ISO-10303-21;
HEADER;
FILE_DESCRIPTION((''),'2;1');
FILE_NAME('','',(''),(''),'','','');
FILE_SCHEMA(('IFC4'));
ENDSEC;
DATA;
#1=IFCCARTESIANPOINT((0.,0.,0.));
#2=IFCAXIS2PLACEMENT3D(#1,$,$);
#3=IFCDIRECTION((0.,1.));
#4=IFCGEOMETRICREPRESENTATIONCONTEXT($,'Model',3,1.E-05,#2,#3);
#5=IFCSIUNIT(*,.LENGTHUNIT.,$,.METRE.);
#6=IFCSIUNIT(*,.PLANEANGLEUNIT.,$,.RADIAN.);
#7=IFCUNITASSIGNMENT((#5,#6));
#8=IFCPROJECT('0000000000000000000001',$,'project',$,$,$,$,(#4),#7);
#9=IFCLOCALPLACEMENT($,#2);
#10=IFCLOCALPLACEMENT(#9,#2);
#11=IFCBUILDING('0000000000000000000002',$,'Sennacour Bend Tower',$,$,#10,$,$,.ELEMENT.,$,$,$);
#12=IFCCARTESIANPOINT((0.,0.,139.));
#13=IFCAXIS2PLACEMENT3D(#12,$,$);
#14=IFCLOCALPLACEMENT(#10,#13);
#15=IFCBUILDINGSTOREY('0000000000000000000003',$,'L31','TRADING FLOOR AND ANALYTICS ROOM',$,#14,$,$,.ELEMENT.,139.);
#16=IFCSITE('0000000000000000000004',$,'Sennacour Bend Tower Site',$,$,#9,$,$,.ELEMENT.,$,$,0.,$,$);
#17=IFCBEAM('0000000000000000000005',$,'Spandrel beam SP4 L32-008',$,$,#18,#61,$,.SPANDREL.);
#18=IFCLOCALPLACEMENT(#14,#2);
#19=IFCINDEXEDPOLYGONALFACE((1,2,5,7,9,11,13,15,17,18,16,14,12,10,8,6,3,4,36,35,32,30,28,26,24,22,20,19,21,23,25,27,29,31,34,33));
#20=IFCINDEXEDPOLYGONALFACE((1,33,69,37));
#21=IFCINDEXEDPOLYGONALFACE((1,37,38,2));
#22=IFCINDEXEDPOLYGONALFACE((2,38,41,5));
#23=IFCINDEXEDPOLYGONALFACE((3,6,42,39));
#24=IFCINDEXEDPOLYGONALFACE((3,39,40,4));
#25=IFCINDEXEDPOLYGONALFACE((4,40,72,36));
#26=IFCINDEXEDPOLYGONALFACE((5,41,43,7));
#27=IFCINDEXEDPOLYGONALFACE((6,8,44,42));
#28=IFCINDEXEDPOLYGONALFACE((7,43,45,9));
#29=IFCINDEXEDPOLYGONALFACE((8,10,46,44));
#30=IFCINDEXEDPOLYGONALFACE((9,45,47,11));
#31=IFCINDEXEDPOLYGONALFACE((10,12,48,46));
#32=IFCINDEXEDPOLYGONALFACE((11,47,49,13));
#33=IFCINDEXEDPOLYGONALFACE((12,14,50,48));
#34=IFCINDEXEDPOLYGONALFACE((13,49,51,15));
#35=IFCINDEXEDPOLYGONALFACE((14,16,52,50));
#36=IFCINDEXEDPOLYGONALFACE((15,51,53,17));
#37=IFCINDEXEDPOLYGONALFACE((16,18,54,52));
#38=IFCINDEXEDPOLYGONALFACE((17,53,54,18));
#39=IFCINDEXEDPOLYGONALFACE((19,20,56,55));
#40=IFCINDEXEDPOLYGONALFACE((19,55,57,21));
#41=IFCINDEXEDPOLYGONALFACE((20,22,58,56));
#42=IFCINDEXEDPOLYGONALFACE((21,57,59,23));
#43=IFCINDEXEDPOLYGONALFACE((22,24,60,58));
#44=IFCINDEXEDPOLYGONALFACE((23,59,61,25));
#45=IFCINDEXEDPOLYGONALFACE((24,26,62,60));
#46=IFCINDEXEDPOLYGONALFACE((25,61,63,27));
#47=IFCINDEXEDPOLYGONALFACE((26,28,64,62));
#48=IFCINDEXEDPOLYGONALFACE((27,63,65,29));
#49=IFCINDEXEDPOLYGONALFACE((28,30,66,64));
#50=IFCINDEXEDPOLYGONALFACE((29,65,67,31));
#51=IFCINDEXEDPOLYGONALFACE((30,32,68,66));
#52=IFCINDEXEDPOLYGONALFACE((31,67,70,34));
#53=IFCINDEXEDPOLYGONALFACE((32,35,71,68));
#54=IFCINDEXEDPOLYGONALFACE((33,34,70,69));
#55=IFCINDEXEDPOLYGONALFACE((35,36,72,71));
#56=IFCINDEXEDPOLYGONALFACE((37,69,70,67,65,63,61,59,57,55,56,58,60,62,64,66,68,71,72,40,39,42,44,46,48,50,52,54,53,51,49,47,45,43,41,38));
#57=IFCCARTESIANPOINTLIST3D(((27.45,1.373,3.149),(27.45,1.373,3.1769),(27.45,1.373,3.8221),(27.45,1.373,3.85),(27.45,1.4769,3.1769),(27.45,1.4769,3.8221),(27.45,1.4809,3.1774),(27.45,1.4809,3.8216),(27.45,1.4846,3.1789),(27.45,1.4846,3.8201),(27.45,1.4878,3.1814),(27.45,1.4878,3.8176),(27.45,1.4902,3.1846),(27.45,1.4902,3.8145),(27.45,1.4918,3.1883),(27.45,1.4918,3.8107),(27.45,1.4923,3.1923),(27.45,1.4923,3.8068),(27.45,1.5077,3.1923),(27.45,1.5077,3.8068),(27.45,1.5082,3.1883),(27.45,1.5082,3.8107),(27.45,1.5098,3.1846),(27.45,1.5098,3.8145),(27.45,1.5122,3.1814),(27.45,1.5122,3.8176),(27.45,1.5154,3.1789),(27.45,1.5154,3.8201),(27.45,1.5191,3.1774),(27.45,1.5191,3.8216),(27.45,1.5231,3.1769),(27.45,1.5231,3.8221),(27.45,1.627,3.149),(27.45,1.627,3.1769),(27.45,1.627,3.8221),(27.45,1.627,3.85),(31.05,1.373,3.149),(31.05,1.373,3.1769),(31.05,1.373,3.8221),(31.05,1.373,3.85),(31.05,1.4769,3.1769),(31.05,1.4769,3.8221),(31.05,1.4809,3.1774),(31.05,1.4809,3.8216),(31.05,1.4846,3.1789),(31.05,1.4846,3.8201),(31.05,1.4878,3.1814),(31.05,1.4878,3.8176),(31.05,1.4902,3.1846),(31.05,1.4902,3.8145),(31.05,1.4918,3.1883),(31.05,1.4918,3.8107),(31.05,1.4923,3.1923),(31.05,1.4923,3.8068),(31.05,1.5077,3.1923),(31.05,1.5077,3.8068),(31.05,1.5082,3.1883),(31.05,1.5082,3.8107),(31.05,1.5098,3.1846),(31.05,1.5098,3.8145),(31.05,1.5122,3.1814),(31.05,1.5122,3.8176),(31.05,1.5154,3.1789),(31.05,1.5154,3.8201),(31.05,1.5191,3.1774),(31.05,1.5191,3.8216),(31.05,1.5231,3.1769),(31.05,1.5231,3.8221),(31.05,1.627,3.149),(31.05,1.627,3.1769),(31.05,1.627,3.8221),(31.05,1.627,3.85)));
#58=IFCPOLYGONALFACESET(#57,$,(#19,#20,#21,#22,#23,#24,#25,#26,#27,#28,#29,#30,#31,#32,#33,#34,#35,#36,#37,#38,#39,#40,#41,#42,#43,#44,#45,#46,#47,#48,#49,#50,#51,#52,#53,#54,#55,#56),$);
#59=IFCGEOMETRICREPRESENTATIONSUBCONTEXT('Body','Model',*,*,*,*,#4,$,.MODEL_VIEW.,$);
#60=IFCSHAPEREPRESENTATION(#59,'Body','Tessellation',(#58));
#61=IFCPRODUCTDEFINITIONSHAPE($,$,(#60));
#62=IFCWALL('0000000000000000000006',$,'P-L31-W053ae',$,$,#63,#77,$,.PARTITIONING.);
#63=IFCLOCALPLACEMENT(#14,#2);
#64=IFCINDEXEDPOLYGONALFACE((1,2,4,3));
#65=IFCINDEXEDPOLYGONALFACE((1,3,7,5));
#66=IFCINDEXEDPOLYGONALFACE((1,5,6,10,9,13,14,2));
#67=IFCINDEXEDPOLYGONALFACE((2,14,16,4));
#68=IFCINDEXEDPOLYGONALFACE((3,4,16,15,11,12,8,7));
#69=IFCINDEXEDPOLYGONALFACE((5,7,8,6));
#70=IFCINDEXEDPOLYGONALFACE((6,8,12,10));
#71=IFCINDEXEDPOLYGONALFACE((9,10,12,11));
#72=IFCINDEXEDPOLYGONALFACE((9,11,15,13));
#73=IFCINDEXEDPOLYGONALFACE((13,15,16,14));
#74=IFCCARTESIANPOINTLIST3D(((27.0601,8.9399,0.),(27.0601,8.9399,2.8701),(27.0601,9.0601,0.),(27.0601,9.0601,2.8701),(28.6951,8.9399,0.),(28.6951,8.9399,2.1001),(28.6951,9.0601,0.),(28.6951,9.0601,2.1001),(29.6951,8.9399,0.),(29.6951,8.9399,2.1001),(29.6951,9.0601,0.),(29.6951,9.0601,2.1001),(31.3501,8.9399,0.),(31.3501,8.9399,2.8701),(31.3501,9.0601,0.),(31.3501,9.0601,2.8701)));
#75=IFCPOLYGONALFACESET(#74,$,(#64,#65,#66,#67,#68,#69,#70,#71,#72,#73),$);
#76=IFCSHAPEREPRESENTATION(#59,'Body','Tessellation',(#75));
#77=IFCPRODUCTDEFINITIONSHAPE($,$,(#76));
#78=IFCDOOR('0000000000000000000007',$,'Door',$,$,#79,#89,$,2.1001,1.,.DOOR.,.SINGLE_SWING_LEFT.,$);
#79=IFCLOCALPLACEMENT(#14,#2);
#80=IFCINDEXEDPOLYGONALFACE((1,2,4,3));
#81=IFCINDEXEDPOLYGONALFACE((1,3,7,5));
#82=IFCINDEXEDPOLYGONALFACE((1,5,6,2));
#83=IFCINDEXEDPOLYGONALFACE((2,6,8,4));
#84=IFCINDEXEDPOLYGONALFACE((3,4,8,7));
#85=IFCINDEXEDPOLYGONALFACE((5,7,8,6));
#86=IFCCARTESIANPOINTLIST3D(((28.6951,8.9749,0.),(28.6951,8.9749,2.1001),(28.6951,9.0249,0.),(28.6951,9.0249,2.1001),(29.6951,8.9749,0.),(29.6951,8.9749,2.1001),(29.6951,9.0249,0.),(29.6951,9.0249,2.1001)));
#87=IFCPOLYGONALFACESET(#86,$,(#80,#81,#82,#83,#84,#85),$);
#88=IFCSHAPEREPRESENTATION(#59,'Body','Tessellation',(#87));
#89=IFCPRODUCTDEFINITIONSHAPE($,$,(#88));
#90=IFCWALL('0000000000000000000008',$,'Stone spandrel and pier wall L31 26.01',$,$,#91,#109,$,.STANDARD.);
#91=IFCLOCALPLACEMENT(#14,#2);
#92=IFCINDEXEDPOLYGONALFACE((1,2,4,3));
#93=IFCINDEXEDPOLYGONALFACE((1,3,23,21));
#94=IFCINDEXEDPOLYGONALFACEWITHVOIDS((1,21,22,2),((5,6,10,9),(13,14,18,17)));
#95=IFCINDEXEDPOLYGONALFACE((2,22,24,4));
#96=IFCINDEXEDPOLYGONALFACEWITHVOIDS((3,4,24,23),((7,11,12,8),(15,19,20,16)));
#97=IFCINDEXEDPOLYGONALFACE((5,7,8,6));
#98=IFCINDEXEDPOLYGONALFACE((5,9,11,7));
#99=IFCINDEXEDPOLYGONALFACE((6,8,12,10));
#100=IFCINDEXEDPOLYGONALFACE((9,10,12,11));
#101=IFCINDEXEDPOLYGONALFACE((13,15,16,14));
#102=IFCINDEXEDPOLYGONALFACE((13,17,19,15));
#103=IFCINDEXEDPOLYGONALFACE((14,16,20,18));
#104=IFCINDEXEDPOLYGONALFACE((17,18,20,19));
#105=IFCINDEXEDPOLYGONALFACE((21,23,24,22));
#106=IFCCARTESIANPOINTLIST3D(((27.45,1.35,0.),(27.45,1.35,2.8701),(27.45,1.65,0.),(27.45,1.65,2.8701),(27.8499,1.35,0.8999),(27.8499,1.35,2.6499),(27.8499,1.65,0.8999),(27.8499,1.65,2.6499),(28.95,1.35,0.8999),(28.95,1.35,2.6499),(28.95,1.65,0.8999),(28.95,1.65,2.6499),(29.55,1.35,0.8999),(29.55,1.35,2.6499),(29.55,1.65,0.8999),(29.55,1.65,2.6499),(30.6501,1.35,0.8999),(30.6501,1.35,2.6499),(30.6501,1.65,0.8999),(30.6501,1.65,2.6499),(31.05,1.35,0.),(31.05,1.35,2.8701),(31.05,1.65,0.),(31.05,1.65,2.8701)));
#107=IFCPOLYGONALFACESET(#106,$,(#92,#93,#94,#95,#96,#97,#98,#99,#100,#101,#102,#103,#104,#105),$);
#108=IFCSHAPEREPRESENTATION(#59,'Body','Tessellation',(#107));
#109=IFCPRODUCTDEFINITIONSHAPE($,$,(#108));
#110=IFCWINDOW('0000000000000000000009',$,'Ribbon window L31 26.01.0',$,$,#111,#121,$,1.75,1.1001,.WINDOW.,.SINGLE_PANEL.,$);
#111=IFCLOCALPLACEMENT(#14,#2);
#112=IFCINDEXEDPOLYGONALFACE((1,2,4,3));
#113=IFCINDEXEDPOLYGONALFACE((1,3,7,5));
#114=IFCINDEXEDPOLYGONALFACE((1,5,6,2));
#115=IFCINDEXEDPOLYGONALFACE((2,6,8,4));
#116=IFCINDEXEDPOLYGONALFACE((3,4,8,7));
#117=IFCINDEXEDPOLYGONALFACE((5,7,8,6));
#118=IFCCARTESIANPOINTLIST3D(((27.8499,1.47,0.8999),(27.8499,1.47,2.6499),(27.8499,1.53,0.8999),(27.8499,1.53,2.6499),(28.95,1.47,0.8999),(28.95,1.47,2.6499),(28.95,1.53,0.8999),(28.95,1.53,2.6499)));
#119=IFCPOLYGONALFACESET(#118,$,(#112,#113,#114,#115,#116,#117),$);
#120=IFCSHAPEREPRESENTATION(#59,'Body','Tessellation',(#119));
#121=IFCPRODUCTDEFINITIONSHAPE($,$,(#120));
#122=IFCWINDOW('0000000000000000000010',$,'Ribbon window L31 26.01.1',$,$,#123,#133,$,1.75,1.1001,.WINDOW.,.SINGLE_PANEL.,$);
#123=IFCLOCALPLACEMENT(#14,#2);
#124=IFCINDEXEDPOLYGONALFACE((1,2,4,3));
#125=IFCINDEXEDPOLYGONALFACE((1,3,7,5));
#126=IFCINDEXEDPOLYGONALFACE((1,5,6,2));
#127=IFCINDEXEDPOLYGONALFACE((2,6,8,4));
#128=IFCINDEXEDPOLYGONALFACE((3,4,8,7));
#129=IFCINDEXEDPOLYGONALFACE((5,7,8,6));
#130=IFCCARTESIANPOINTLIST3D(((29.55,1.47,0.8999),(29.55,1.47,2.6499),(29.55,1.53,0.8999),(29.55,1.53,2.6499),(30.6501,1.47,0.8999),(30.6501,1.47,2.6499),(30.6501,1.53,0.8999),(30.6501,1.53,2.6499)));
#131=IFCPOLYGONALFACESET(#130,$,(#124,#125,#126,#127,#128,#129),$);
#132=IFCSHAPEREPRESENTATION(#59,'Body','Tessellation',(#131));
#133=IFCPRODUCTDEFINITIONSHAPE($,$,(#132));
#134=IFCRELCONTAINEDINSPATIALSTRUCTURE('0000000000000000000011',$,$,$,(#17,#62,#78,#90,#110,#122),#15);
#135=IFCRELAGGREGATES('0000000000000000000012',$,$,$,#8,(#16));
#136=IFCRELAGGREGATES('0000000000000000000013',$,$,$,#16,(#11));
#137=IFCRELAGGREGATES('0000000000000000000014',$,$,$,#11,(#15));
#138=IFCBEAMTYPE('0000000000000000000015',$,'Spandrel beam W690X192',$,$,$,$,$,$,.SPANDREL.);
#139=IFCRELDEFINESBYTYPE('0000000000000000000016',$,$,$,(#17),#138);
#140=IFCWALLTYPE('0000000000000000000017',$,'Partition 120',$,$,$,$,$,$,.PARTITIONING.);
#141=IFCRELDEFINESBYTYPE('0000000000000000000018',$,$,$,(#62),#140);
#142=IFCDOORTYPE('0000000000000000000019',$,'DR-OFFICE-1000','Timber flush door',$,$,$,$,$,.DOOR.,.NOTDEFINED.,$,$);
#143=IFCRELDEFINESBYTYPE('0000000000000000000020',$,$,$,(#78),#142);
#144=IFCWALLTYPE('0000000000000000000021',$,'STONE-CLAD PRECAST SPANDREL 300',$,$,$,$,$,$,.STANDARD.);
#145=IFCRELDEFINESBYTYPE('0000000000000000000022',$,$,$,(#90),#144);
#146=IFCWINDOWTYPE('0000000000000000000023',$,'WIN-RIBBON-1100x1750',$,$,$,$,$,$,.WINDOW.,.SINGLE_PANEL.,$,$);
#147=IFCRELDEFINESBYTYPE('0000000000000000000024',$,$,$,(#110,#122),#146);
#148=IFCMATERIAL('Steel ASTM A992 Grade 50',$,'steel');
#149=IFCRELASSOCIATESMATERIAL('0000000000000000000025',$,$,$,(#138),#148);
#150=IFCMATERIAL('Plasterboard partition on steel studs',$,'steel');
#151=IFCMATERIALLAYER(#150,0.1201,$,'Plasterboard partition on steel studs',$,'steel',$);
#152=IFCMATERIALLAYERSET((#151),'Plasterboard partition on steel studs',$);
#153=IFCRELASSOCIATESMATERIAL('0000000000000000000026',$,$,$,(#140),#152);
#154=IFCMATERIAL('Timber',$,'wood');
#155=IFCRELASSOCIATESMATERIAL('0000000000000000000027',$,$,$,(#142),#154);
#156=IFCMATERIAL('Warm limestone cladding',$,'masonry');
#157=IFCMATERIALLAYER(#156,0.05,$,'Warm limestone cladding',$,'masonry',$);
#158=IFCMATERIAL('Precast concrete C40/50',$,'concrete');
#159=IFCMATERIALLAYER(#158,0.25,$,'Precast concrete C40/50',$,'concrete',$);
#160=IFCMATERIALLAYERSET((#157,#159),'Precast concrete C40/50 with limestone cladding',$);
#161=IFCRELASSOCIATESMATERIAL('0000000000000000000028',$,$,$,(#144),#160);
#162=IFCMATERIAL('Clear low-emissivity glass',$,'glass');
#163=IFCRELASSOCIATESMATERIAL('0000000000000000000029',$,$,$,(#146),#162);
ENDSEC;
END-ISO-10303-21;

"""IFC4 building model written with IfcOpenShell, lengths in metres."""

from ifc_helpers import new_model, si_unit, direction, frame, frame_2d, origin, origin_2d, place, context, subcontext, project, spatial, rectangle, i_section, extrude, material, layer, layer_set, material_profile, profile_set, type_object, element, fill, save


model = new_model("IFC4")

# Units and contexts
model_context = context("Model", 3, precision=1e-05, world=origin(), true_north=direction((0.0, 1.0)))
body_context = subcontext(model_context, "Body", "Model", "MODEL_VIEW")
ifc_project = project(units=[si_unit("LENGTHUNIT", "METRE"), si_unit("PLANEANGLEUNIT", "RADIAN")], contexts=[model_context])

# Site, building, storey
site_placement = place(None, origin())
site = spatial("IfcSite", under=ifc_project, at=site_placement, Name="Sennacour Bend Tower Site", CompositionType="ELEMENT", RefElevation=0.0)
building_placement = place(site_placement, origin())
building = spatial("IfcBuilding", under=site, at=building_placement, Name="Sennacour Bend Tower", CompositionType="ELEMENT")
storey_placement = place(building_placement, frame((0.0, 0.0, 139.0)))
storey = spatial("IfcBuildingStorey", under=building, at=storey_placement, Name="L31", Description="TRADING FLOOR AND ANALYTICS ROOM", CompositionType="ELEMENT", Elevation=139.0)

# Beam
ifc_material_1 = material(Name="Steel ASTM A992 Grade 50", Category="steel")
ifc_material_profile_1 = material_profile(ifc_material_1, i_section(OverallWidth=0.2539, OverallDepth=0.7009, WebThickness=0.0154, FlangeThickness=0.0278, FilletRadius=0.0154, at=origin_2d()), Name="Steel ASTM A992 Grade 50", Category="steel")
ifc_profile_set_1 = profile_set([ifc_material_profile_1], Name="Steel ASTM A992 Grade 50")
beam_type_1 = type_object("IfcBeamType", Name="Spandrel beam W690X192", PredefinedType="SPANDREL", material=ifc_profile_set_1)
beam_1_placement = place(storey_placement, frame((31.05, 1.5, 3.4995), z_axis=(-1.0, 0.0, 0.0), x_axis=(0.0, -1.0, 0.0)))
element("IfcBeam", 1, at=beam_1_placement, inside=storey, type_object=beam_type_1, Name="Spandrel beam SP4 L32-008", PredefinedType="SPANDREL", context=body_context, shape_type="SweptSolid", body=[
    extrude(i_section(OverallWidth=0.2539, OverallDepth=0.7009, WebThickness=0.0154, FlangeThickness=0.0278, FilletRadius=0.0154, at=origin_2d()), origin(), (0.0, 0.0, 1.0), 3.6001),
])

# Wall, opening, door
ifc_material_2 = material(Name="Plasterboard partition on steel studs", Category="steel")
ifc_layer_1 = layer(ifc_material_2, 0.1201, Name="Plasterboard partition on steel studs", Category="steel")
ifc_layer_set_1 = layer_set([ifc_layer_1], Name="Plasterboard partition on steel studs")
wall_type_1 = type_object("IfcWallType", Name="Partition 120", PredefinedType="PARTITIONING", material=ifc_layer_set_1)
wall_1_placement = place(storey_placement, frame((27.0601, 9.0, 0.0), z_axis=(0.0, 0.0, 1.0), x_axis=(1.0, 0.0, 0.0)))
wall_1 = element("IfcWall", 2, at=wall_1_placement, inside=storey, type_object=wall_type_1, Name="P-L31-W053ae", PredefinedType="PARTITIONING", context=body_context, shape_type="SweptSolid", body=[
    extrude(rectangle(XDim=4.29, YDim=0.1201, at=frame_2d((2.145, 0.0))), origin(), (0.0, 0.0, 1.0), 2.8701),
])
opening_1_placement = place(wall_1_placement, frame((1.635, 0.0, 0.0)))
opening_1 = element("IfcOpeningElement", 3, at=opening_1_placement, cuts=wall_1, PredefinedType="OPENING", context=body_context, shape_type="SweptSolid", body=[
    extrude(rectangle(XDim=1.0, YDim=2.1001, at=frame_2d((0.5, 1.05))), frame((0.0, 0.0701, 0.0), z_axis=(0.0, -1.0, 0.0), x_axis=(1.0, 0.0, 0.0)), (0.0, 0.0, 1.0), 0.1401),
])
ifc_material_3 = material(Name="Timber", Category="wood")
door_type = type_object("IfcDoorType", Name="DR-OFFICE-1000", Description="Timber flush door", OperationType="NOTDEFINED", PredefinedType="DOOR", material=ifc_material_3)
door_placement = place(opening_1_placement, origin())
door = element("IfcDoor", 4, at=door_placement, inside=storey, type_object=door_type, Name="Door", OperationType="SINGLE_SWING_LEFT", OverallHeight=2.1001, OverallWidth=1.0, PredefinedType="DOOR", context=body_context, shape_type="SweptSolid", body=[
    extrude(rectangle(XDim=1.0, YDim=2.1001, at=frame_2d((0.5, 1.05))), frame((0.0, 0.0249, 0.0), z_axis=(0.0, -1.0, 0.0), x_axis=(1.0, 0.0, 0.0)), (0.0, 0.0, 1.0), 0.05),
])
fill(opening_1, door)

# Wall, openings, windows
ifc_material_4 = material(Name="Warm limestone cladding", Category="masonry")
ifc_layer_2 = layer(ifc_material_4, 0.05, Name="Warm limestone cladding", Category="masonry")
ifc_material_5 = material(Name="Precast concrete C40/50", Category="concrete")
ifc_layer_3 = layer(ifc_material_5, 0.25, Name="Precast concrete C40/50", Category="concrete")
ifc_layer_set_2 = layer_set([ifc_layer_2, ifc_layer_3], Name="Precast concrete C40/50 with limestone cladding")
wall_type_2 = type_object("IfcWallType", Name="STONE-CLAD PRECAST SPANDREL 300", PredefinedType="STANDARD", material=ifc_layer_set_2)
wall_2_placement = place(storey_placement, frame((27.45, 1.5, 0.0), z_axis=(0.0, 0.0, 1.0), x_axis=(1.0, 0.0, 0.0)))
wall_2 = element("IfcWall", 5, at=wall_2_placement, inside=storey, type_object=wall_type_2, Name="Stone spandrel and pier wall L31 26.01", PredefinedType="STANDARD", context=body_context, shape_type="SweptSolid", body=[
    extrude(rectangle(XDim=3.6001, YDim=0.3, at=frame_2d((1.8, 0.0))), origin(), (0.0, 0.0, 1.0), 2.8701),
])
opening_2_placement = place(wall_2_placement, frame((0.3999, 0.0, 0.8999)))
opening_2 = element("IfcOpeningElement", 6, at=opening_2_placement, cuts=wall_2, PredefinedType="OPENING", context=body_context, shape_type="SweptSolid", body=[
    extrude(rectangle(XDim=1.1001, YDim=1.75, at=frame_2d((0.55, 0.875))), frame((0.0, 0.1602, 0.0), z_axis=(0.0, -1.0, 0.0), x_axis=(1.0, 0.0, 0.0)), (0.0, 0.0, 1.0), 0.3201),
])
opening_3_placement = place(wall_2_placement, frame((2.1001, 0.0, 0.8999)))
opening_3 = element("IfcOpeningElement", 7, at=opening_3_placement, cuts=wall_2, PredefinedType="OPENING", context=body_context, shape_type="SweptSolid", body=[
    extrude(rectangle(XDim=1.1001, YDim=1.75, at=frame_2d((0.55, 0.875))), frame((0.0, 0.1602, 0.0), z_axis=(0.0, -1.0, 0.0), x_axis=(1.0, 0.0, 0.0)), (0.0, 0.0, 1.0), 0.3201),
])
ifc_material_6 = material(Name="Clear low-emissivity glass", Category="glass")
window_type_1 = type_object("IfcWindowType", Name="WIN-RIBBON-1100x1750", PartitioningType="SINGLE_PANEL", PredefinedType="WINDOW", material=ifc_material_6)
window_1_placement = place(opening_2_placement, origin())
window_1 = element("IfcWindow", 8, at=window_1_placement, inside=storey, type_object=window_type_1, Name="Ribbon window L31 26.01.0", OverallHeight=1.75, OverallWidth=1.1001, PartitioningType="SINGLE_PANEL", PredefinedType="WINDOW", context=body_context, shape_type="SweptSolid", body=[
    extrude(rectangle(XDim=1.1001, YDim=1.75, at=frame_2d((0.55, 0.875))), frame((0.0, 0.03, 0.0), z_axis=(0.0, -1.0, 0.0), x_axis=(1.0, 0.0, 0.0)), (0.0, 0.0, 1.0), 0.0601),
])
fill(opening_2, window_1)
window_2_placement = place(opening_3_placement, origin())
window_2 = element("IfcWindow", 9, at=window_2_placement, inside=storey, type_object=window_type_1, Name="Ribbon window L31 26.01.1", OverallHeight=1.75, OverallWidth=1.1001, PartitioningType="SINGLE_PANEL", PredefinedType="WINDOW", context=body_context, shape_type="SweptSolid", body=[
    extrude(rectangle(XDim=1.1001, YDim=1.75, at=frame_2d((0.55, 0.875))), frame((0.0, 0.03, 0.0), z_axis=(0.0, -1.0, 0.0), x_axis=(1.0, 0.0, 0.0)), (0.0, 0.0, 1.0), 0.0601),
])
fill(opening_3, window_2)

save(model, "model.ifc")
